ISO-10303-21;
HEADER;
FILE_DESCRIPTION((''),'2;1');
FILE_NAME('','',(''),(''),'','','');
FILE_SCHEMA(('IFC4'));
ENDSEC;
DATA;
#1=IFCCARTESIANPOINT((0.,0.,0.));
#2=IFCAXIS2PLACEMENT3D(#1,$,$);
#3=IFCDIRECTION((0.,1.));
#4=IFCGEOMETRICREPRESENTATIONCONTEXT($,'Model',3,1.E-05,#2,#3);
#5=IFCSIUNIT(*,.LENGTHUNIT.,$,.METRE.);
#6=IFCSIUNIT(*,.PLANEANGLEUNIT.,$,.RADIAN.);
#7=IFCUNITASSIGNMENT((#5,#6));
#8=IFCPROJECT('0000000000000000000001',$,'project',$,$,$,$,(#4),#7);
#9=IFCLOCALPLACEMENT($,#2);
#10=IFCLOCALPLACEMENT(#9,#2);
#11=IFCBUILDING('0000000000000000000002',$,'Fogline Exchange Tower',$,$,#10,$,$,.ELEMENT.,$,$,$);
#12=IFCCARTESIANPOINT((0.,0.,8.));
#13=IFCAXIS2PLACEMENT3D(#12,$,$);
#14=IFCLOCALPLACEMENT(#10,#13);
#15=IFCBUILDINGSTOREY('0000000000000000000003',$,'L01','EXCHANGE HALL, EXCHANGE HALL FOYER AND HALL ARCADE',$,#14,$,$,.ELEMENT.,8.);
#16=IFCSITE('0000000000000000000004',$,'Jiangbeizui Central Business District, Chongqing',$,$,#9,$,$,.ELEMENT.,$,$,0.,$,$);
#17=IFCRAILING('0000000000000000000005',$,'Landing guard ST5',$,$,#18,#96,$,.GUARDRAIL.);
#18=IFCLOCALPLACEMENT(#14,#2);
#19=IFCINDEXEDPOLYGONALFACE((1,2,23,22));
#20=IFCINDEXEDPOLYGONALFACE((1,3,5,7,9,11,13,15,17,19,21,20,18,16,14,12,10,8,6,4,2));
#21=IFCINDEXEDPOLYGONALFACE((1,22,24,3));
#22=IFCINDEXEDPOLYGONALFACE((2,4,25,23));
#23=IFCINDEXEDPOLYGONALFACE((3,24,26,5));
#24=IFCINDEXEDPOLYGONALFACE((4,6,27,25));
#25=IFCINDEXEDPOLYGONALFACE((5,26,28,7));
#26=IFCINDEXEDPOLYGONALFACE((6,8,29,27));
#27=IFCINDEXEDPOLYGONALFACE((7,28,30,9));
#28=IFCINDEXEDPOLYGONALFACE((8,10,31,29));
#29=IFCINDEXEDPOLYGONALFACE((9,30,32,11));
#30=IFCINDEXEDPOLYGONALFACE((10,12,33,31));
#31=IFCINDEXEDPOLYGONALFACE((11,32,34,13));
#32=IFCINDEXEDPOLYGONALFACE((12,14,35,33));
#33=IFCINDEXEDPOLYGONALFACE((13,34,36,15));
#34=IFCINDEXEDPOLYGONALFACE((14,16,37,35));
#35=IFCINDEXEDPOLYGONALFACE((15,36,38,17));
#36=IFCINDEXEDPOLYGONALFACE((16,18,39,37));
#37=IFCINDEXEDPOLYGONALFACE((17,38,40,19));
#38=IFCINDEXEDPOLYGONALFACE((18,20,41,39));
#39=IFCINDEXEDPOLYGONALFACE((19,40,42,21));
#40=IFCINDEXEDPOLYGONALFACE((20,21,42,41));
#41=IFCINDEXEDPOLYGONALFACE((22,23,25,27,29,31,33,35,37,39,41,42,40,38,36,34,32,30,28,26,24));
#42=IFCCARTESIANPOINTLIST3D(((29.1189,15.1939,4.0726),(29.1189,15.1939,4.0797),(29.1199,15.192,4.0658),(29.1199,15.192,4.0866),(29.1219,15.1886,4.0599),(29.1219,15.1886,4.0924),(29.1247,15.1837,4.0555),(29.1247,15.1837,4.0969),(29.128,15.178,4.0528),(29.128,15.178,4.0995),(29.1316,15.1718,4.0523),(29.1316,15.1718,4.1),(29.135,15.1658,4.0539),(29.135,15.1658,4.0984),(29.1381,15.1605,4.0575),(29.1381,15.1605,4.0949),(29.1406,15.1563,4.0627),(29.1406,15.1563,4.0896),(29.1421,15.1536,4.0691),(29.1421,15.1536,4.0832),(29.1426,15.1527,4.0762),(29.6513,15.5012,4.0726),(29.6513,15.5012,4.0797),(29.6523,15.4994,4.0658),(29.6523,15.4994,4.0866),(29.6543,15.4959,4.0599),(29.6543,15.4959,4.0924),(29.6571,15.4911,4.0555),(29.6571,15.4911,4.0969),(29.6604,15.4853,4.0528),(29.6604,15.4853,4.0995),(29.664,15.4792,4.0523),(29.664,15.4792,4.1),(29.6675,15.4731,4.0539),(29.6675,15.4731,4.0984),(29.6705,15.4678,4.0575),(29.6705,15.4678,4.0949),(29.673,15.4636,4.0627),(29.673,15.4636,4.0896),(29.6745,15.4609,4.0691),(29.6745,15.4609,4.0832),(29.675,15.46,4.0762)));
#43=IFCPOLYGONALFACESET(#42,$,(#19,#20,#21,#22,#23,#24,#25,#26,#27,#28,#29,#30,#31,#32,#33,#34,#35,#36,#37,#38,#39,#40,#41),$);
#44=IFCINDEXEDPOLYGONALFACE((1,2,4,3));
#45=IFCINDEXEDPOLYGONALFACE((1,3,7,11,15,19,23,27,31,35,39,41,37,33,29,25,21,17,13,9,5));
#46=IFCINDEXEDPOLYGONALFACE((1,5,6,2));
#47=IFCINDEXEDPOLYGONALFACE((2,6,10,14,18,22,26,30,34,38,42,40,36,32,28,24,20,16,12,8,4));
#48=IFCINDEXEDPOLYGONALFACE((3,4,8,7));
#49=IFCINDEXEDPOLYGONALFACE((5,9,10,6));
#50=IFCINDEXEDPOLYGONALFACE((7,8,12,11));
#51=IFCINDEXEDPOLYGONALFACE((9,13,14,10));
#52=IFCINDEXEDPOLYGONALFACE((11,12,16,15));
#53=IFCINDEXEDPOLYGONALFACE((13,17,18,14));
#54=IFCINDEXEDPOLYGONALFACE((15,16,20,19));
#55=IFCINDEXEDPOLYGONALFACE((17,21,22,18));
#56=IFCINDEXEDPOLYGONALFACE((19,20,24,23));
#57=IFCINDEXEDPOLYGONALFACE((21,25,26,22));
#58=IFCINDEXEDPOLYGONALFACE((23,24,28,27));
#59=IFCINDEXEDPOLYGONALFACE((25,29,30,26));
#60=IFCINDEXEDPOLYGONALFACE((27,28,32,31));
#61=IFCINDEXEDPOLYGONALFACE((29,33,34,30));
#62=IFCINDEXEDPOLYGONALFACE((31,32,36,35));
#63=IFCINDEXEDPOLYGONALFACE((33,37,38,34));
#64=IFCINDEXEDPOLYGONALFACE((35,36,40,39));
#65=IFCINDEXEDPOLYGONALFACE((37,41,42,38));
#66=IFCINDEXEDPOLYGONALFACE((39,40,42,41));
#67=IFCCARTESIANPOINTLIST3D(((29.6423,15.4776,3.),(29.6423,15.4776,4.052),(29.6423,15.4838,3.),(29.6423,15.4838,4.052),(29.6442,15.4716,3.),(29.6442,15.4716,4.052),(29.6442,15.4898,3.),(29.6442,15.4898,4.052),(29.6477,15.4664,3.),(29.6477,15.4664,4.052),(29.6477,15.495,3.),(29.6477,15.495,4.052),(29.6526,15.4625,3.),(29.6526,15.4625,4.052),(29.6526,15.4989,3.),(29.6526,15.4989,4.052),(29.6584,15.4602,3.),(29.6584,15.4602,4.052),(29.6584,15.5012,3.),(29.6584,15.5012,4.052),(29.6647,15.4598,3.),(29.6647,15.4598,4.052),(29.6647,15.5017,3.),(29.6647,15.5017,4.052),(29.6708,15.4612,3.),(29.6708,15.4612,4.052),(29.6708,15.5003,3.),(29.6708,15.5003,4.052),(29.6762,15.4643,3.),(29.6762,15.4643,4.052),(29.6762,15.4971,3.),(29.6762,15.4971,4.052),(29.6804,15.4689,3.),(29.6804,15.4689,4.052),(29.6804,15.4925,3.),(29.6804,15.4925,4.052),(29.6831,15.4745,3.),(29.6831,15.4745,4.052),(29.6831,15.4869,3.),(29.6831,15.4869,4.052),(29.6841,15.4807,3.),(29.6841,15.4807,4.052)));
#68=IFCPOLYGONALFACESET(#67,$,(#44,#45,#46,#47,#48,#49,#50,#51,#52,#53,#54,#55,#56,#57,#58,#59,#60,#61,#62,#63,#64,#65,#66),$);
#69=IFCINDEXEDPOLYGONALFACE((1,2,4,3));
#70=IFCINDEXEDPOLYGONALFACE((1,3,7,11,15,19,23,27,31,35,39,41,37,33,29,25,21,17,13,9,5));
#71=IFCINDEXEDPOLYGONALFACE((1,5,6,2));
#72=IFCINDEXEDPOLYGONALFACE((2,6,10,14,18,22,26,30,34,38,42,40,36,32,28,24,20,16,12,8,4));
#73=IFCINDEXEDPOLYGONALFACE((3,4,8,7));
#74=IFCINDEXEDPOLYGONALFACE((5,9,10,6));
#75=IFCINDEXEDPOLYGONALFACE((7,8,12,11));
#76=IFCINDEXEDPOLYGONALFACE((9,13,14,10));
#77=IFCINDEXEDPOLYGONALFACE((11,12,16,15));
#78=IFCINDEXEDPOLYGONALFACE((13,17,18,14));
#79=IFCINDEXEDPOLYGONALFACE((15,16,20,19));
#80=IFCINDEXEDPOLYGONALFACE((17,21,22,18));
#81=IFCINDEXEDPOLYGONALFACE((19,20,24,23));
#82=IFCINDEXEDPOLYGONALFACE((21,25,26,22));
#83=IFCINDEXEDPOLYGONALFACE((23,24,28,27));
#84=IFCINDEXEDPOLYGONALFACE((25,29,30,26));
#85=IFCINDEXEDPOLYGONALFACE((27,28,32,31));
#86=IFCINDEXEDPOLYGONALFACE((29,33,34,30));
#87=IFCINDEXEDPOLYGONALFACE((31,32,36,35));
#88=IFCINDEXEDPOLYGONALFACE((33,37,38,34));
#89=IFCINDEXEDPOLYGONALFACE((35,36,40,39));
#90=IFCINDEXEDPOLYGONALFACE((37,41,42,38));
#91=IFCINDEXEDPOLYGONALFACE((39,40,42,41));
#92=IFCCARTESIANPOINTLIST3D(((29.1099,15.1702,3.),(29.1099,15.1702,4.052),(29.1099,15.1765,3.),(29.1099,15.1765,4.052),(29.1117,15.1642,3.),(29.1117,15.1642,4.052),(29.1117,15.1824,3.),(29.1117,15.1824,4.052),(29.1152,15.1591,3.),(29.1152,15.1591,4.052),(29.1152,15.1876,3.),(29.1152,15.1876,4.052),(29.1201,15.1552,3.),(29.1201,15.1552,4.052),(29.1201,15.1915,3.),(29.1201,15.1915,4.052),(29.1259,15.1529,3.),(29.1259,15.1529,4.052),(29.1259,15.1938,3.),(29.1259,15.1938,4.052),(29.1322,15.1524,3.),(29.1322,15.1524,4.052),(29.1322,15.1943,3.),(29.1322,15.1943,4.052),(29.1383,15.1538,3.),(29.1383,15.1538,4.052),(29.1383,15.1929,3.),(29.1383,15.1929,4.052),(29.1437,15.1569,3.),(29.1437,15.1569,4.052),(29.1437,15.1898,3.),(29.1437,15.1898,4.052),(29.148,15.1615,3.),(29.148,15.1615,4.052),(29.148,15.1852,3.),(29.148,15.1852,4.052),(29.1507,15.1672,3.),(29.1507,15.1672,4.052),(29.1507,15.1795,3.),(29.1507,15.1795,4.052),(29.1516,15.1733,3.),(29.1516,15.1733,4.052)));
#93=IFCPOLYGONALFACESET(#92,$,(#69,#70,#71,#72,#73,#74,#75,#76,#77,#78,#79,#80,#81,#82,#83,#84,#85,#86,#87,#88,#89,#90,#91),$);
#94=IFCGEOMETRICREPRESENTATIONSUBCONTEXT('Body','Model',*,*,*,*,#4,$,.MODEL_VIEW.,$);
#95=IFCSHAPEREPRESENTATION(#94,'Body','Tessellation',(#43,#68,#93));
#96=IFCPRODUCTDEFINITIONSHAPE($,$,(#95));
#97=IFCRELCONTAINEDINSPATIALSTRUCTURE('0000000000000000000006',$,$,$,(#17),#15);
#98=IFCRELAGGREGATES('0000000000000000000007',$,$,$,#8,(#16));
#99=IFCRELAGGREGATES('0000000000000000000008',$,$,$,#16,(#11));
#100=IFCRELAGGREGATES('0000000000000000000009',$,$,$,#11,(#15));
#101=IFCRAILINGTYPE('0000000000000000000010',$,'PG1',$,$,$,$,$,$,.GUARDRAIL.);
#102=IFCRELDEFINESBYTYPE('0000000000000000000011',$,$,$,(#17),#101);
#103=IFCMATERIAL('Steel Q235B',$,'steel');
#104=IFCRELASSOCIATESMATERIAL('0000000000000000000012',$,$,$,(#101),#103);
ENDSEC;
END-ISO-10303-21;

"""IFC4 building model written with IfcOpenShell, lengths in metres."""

from ifc_helpers import new_model, si_unit, direction, frame, origin, origin_2d, place, context, subcontext, project, spatial, circle, extrude, material, type_object, element, save


model = new_model("IFC4")

# Units and contexts
model_context = context("Model", 3, precision=1e-05, world=origin(), true_north=direction((0.0, 1.0)))
body_context = subcontext(model_context, "Body", "Model", "MODEL_VIEW")
ifc_project = project(units=[si_unit("LENGTHUNIT", "METRE"), si_unit("PLANEANGLEUNIT", "RADIAN")], contexts=[model_context])

# Site, building, storey
site_placement = place(None, origin())
site = spatial("IfcSite", under=ifc_project, at=site_placement, Name="Jiangbeizui Central Business District, Chongqing", CompositionType="ELEMENT", RefElevation=0.0)
building_placement = place(site_placement, origin())
building = spatial("IfcBuilding", under=site, at=building_placement, Name="Fogline Exchange Tower", CompositionType="ELEMENT")
storey_placement = place(building_placement, frame((0.0, 0.0, 8.0)))
storey = spatial("IfcBuildingStorey", under=building, at=storey_placement, Name="L01", Description="EXCHANGE HALL, EXCHANGE HALL FOYER AND HALL ARCADE", CompositionType="ELEMENT", Elevation=8.0)

# Shared definitions
ifc_material_1 = material(Name="Steel Q235B", Category="steel")

# Railing
railing_type_1 = type_object("IfcRailingType", Name="PG1", PredefinedType="GUARDRAIL", material=ifc_material_1)
railing_1_placement = place(storey_placement, frame((29.6631, 15.4807, 3.0)))
element("IfcRailing", 1, at=railing_1_placement, inside=storey, type_object=railing_type_1, Name="Landing guard ST5", PredefinedType="GUARDRAIL", context=body_context, shape_type="SweptSolid", body=[
    extrude(circle(Radius=0.0239, at=origin_2d()), frame((0.0, 0.0, 1.0762), z_axis=(-0.86606, -0.49994, 0.0), x_axis=(0.49994, -0.86606, 0.0)), (0.0, 0.0, 1.0), 0.6147),
    extrude(circle(Radius=0.021, at=origin_2d()), origin(), (0.0, 0.0, 1.0), 1.052),
    extrude(circle(Radius=0.021, at=origin_2d()), frame((-0.5325, -0.3074, 0.0)), (0.0, 0.0, 1.0), 1.052),
])

save(model, "model.ifc")
